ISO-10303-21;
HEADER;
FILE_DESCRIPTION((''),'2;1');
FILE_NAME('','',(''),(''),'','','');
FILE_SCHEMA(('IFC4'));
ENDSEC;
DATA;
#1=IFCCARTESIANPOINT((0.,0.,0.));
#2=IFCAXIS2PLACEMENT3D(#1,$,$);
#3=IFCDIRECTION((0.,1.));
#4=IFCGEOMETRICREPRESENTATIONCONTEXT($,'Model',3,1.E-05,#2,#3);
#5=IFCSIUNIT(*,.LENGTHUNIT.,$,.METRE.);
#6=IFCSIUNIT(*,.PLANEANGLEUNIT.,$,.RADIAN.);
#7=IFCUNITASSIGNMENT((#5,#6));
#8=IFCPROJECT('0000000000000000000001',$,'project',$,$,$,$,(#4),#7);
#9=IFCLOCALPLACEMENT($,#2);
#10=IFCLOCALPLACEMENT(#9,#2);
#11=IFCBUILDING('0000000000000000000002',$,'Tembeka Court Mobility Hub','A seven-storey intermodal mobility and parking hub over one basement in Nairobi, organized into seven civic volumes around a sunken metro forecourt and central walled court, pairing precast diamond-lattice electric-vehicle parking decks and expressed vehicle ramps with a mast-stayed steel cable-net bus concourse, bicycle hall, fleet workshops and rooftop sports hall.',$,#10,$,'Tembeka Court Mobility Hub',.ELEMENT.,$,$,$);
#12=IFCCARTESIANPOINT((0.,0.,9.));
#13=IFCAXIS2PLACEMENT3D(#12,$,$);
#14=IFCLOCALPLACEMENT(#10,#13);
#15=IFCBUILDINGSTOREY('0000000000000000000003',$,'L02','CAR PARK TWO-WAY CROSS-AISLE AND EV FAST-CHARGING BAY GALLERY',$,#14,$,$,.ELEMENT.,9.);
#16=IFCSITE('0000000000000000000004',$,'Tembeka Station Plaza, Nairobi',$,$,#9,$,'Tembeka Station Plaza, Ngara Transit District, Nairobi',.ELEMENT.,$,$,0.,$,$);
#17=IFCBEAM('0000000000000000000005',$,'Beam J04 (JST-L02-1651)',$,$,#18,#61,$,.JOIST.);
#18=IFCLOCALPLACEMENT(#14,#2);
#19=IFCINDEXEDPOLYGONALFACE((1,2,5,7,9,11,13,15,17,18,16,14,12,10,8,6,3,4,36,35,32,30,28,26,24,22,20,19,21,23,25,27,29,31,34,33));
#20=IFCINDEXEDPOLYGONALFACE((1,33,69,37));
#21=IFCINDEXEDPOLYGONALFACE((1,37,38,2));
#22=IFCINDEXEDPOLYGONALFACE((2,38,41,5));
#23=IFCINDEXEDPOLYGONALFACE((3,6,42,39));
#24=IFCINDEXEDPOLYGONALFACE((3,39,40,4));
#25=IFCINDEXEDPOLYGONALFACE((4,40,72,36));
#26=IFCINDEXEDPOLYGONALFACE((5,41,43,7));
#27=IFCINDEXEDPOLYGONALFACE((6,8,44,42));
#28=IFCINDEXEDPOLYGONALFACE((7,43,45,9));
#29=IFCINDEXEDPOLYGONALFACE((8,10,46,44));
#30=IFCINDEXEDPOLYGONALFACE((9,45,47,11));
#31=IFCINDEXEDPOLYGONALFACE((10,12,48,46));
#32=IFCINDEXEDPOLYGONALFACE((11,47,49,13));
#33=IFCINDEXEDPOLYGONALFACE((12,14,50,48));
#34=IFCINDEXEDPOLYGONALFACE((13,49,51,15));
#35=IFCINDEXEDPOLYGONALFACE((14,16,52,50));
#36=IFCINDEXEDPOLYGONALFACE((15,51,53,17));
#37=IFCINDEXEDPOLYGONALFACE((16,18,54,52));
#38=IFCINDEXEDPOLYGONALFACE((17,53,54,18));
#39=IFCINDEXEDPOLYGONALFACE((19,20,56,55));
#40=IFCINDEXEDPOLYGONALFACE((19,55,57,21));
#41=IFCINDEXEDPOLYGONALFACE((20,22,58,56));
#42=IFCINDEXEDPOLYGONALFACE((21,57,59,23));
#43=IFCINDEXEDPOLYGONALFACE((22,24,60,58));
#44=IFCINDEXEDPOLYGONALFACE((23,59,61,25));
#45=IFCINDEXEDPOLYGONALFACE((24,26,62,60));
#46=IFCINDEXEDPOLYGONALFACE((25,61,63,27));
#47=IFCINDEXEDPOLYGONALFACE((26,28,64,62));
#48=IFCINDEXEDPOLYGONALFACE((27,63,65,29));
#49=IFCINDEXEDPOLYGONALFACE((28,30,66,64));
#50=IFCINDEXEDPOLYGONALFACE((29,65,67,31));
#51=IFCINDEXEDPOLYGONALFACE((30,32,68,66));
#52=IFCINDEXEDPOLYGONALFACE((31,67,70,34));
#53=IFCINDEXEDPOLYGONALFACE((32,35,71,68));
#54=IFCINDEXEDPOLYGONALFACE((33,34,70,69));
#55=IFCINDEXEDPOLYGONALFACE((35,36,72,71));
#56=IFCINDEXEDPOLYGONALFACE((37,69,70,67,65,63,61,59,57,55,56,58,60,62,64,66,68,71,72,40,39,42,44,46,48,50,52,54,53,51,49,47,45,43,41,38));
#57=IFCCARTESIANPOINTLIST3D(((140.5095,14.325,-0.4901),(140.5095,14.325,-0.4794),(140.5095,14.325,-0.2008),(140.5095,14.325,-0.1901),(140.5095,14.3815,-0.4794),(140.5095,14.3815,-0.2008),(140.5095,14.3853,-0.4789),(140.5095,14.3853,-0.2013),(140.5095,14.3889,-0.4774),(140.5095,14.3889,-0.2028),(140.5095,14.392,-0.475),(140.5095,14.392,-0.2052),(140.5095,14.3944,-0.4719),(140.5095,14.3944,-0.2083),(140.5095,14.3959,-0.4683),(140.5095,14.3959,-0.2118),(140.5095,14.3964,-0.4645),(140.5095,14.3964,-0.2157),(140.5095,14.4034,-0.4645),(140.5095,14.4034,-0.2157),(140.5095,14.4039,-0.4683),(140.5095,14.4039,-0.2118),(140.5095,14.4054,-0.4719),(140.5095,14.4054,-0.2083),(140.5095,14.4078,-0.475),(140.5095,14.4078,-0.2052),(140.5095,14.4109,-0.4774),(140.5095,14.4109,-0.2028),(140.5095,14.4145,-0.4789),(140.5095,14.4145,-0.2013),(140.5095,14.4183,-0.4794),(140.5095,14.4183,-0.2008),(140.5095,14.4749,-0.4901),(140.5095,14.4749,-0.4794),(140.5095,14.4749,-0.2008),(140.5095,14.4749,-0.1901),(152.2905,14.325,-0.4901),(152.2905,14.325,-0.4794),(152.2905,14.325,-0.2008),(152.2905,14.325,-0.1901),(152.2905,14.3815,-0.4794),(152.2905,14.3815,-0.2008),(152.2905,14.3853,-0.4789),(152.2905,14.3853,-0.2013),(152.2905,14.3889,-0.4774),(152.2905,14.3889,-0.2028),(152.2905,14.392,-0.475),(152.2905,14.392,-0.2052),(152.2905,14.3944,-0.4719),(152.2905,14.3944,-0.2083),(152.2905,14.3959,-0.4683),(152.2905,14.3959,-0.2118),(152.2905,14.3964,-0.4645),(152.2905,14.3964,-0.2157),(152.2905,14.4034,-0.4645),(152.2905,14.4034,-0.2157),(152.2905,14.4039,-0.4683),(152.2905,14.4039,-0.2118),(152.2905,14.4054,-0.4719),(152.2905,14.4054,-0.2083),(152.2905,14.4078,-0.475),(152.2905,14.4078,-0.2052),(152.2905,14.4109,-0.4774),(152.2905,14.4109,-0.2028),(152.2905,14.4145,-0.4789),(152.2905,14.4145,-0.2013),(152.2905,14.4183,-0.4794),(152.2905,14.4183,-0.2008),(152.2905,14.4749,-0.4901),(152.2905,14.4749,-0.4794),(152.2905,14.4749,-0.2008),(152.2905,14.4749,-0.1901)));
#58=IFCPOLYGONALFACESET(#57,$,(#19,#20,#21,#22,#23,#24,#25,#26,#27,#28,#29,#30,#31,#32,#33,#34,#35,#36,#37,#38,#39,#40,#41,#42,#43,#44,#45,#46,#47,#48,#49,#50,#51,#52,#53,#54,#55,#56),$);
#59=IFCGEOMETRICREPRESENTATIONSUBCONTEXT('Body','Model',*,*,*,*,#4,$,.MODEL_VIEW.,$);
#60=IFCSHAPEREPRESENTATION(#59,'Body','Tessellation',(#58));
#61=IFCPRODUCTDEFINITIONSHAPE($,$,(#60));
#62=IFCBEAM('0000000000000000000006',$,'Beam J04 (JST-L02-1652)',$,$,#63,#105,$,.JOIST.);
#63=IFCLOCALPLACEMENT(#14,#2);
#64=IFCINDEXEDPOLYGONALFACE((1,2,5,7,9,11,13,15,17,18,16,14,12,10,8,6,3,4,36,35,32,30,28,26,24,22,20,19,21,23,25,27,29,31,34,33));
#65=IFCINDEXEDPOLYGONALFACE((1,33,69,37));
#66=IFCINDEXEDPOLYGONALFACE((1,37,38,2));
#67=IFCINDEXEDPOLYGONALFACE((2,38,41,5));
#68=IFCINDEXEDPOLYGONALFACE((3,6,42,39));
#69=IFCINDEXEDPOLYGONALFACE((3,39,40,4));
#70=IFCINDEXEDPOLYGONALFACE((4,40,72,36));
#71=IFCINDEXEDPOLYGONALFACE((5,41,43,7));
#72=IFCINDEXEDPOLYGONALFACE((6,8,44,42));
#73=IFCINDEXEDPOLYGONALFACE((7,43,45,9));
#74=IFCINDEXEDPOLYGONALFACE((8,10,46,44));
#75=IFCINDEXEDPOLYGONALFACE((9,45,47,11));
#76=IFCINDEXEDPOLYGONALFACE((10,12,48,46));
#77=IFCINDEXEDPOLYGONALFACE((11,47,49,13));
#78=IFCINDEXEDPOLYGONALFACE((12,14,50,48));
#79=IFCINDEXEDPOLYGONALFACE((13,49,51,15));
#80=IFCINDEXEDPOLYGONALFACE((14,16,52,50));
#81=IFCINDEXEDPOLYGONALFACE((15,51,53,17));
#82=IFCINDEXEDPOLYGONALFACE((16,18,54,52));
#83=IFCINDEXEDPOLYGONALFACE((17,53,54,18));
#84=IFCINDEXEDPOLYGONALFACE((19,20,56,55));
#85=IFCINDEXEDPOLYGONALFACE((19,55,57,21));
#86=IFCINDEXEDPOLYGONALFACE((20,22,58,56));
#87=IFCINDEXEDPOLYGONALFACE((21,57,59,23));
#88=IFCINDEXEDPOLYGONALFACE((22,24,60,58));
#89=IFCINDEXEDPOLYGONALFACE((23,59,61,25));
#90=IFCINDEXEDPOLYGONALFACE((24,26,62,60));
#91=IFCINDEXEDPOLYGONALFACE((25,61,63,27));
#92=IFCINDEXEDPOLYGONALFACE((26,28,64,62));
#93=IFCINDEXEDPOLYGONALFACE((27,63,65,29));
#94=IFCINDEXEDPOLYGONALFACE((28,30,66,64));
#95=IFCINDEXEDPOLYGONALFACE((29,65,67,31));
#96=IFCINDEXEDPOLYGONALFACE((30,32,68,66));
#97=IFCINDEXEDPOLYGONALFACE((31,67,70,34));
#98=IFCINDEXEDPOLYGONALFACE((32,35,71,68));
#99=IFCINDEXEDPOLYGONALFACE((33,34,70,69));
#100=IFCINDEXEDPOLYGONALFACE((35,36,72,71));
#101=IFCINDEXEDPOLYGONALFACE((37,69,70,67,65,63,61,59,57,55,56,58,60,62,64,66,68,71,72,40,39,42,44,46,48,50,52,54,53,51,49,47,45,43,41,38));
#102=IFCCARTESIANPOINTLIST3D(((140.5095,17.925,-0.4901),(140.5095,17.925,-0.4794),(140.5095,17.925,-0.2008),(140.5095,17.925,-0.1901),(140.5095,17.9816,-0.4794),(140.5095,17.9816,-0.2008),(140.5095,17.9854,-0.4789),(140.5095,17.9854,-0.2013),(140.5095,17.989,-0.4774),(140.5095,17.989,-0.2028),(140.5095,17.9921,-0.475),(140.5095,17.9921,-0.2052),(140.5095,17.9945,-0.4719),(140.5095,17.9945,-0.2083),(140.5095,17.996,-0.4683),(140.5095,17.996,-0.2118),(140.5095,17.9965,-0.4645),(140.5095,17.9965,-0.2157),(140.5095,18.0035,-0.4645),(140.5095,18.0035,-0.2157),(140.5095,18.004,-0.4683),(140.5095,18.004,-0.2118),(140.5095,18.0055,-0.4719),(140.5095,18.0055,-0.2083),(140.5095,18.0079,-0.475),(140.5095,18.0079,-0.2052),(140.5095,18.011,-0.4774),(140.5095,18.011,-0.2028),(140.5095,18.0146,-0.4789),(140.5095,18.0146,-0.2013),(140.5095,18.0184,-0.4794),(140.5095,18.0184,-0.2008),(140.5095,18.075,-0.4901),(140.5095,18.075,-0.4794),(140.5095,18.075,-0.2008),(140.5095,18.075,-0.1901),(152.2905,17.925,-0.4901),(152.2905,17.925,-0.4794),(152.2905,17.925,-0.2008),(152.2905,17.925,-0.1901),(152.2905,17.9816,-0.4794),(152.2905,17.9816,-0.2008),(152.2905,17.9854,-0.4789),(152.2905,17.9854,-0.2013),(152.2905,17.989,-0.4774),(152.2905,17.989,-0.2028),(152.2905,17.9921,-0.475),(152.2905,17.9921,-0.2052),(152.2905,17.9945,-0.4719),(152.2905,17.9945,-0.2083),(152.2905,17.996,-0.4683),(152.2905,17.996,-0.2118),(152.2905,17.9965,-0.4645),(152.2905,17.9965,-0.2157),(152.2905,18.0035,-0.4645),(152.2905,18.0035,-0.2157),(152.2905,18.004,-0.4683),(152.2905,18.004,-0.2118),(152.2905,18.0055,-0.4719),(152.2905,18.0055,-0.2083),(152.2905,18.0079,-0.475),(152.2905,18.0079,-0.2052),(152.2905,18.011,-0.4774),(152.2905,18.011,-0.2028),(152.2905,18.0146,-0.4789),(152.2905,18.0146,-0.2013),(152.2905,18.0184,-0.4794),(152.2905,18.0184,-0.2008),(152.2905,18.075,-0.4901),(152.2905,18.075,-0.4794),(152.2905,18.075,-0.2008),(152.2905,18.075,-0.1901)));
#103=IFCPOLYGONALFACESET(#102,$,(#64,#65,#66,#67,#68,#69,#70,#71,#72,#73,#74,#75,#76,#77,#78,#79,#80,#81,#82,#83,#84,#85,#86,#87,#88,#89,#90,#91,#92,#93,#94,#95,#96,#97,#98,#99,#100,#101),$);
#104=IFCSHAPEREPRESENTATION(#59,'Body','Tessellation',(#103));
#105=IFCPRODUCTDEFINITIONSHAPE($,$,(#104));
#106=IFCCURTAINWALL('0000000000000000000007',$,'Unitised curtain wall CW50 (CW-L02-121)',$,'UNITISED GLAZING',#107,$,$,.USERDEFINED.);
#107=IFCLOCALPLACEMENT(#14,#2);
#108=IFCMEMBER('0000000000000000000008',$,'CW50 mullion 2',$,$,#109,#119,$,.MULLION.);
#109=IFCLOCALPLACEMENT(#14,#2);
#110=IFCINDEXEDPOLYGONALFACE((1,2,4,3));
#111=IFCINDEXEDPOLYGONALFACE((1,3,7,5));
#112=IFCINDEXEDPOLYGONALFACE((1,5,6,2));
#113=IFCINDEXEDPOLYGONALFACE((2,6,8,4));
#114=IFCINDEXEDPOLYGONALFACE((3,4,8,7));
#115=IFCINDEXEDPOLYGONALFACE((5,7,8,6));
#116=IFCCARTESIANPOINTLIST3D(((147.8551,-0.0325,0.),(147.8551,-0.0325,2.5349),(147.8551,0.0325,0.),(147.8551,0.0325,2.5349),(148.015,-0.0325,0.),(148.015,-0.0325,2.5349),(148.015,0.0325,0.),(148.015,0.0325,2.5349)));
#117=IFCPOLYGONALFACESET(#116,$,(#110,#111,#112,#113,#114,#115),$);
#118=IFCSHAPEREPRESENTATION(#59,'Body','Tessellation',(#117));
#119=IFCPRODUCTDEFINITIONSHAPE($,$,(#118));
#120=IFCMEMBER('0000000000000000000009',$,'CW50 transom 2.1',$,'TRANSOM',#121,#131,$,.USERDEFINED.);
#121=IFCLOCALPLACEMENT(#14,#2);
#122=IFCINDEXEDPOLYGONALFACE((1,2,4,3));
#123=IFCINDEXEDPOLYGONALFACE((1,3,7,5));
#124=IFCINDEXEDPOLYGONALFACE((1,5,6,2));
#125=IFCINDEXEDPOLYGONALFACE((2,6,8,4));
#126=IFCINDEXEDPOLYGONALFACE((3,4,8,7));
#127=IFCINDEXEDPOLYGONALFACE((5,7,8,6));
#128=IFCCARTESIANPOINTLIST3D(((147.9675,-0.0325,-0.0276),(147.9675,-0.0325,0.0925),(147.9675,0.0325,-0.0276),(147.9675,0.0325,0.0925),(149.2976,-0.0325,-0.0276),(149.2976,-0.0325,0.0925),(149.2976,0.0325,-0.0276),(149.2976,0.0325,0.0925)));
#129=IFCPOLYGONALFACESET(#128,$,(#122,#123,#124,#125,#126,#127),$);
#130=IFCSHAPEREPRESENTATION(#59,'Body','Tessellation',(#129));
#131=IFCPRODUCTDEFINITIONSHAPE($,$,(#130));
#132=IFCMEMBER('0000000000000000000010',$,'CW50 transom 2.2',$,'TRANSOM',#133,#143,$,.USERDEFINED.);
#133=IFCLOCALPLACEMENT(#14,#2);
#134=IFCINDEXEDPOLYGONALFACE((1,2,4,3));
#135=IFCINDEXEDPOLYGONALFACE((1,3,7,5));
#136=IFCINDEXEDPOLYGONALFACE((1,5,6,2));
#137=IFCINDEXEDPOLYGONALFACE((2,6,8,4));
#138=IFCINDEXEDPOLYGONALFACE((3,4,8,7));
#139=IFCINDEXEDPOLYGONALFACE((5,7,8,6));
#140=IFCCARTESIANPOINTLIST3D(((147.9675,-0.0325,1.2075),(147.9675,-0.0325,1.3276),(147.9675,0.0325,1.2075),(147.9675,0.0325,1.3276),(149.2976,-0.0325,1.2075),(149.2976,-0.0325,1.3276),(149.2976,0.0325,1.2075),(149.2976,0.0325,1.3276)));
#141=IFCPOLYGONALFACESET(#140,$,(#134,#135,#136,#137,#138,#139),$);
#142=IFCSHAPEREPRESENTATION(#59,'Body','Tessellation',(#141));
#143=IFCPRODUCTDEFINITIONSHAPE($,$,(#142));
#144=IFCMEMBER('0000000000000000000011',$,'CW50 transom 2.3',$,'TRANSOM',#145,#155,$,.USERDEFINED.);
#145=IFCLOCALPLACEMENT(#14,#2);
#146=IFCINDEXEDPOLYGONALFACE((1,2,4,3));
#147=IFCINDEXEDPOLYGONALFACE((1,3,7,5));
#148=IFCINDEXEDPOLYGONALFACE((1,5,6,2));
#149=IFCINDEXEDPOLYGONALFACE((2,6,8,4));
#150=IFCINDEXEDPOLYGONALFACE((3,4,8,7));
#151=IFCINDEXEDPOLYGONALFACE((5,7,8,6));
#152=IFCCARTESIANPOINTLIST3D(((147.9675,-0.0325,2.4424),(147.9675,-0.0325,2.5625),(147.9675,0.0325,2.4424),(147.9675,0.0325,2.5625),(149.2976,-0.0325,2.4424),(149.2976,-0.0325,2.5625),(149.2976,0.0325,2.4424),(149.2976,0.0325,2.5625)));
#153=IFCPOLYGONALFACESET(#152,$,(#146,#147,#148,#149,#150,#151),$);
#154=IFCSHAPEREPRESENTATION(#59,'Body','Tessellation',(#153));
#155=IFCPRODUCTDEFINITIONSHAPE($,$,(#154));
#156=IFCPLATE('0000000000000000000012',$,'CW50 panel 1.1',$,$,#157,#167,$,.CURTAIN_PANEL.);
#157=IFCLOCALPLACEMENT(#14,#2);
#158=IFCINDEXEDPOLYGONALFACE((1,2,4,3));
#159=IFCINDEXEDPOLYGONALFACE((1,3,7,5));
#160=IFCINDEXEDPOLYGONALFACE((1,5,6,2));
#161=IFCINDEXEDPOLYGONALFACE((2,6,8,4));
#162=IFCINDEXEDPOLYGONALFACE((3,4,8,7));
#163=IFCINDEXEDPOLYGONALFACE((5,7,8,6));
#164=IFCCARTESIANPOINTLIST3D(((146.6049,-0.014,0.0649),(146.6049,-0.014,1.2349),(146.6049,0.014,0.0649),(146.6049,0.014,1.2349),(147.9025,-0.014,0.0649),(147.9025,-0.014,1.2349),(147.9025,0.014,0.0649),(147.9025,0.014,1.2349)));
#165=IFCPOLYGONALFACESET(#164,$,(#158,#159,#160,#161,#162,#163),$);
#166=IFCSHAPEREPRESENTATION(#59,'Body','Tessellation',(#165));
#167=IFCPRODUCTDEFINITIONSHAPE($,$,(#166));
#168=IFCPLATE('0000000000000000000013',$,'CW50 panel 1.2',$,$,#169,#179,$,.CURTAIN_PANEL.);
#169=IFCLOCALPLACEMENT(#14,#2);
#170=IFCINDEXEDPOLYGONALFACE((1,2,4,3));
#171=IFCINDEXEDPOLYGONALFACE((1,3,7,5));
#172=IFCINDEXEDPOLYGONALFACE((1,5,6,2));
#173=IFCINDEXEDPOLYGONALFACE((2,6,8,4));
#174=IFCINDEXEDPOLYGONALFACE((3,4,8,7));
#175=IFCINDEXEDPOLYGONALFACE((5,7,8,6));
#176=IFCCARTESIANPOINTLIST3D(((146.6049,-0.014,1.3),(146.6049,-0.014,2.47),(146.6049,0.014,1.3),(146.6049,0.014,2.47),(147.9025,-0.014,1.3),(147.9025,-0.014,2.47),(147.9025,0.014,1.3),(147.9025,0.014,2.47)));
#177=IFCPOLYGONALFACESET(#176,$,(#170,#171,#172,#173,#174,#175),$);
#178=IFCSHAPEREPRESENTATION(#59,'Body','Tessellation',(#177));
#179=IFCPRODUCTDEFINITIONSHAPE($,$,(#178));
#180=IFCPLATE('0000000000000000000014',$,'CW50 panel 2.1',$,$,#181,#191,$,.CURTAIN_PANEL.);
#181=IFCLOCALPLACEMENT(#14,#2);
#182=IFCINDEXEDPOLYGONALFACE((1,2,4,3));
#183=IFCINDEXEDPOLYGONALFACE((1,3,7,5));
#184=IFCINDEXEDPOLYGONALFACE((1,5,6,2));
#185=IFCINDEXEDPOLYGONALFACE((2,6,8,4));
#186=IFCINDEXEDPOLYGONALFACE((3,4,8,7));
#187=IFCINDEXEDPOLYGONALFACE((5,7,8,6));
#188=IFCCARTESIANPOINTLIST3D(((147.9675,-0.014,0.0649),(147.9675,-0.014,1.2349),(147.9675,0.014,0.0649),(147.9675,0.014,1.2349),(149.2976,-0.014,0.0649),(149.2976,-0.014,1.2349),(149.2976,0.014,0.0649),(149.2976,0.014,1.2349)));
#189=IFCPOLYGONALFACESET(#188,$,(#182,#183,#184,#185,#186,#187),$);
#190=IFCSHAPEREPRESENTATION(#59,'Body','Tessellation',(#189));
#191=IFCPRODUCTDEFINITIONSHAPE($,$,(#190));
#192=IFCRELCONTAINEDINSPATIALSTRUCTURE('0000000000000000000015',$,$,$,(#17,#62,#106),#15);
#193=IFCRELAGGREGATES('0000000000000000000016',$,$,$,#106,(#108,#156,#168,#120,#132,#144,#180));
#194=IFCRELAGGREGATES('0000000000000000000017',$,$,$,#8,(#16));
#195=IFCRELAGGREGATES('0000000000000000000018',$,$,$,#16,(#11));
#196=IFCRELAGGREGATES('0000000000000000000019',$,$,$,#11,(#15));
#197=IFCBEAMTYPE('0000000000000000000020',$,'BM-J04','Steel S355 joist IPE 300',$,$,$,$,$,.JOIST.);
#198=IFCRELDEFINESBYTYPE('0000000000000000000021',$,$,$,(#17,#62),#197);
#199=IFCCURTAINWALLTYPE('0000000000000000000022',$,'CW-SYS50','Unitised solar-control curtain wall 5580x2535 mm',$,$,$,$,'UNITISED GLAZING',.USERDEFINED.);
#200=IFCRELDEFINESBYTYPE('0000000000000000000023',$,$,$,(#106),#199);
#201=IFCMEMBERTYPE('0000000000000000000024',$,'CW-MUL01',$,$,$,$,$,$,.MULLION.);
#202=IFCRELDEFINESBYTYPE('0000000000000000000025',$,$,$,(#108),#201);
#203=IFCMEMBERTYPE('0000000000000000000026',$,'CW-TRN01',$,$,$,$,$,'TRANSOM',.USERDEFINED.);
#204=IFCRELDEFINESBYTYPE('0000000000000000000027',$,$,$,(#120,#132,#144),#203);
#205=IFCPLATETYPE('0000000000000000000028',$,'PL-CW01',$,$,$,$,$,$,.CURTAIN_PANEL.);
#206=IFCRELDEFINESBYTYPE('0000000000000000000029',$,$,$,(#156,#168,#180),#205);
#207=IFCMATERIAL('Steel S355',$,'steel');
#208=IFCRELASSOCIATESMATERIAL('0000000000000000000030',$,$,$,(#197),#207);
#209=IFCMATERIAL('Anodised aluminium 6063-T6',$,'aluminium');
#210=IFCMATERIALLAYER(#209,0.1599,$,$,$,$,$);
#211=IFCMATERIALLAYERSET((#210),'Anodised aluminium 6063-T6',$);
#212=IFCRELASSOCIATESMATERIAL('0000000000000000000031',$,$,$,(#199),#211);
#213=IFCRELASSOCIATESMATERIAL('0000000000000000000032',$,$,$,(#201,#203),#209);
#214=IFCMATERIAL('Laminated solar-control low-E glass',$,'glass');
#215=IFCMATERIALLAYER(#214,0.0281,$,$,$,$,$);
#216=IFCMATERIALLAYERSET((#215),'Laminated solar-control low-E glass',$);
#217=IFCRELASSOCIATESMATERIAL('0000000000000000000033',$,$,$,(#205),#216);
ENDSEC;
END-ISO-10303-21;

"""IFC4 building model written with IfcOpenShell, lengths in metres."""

from ifc_helpers import new_model, si_unit, direction, frame, origin, origin_2d, place, context, subcontext, project, spatial, rectangle, i_section, extrude, material, layer, layer_set, material_profile, profile_set, type_object, element, aggregate, save


model = new_model("IFC4")

# Units and contexts
model_context = context("Model", 3, precision=1e-05, world=origin(), true_north=direction((0.0, 1.0)))
body_context = subcontext(model_context, "Body", "Model", "MODEL_VIEW")
ifc_project = project(units=[si_unit("LENGTHUNIT", "METRE"), si_unit("PLANEANGLEUNIT", "RADIAN")], contexts=[model_context])

# Site, building, storey
site_placement = place(None, origin())
site = spatial("IfcSite", under=ifc_project, at=site_placement, Name="Tembeka Station Plaza, Nairobi", LongName="Tembeka Station Plaza, Ngara Transit District, Nairobi", CompositionType="ELEMENT", RefElevation=0.0)
building_placement = place(site_placement, origin())
building = spatial("IfcBuilding", under=site, at=building_placement, Name="Tembeka Court Mobility Hub", Description="A seven-storey intermodal mobility and parking hub over one basement in Nairobi, organized into seven civic volumes around a sunken metro forecourt and central walled court, pairing precast diamond-lattice electric-vehicle parking decks and expressed vehicle ramps with a mast-stayed steel cable-net bus concourse, bicycle hall, fleet workshops and rooftop sports hall.", LongName="Tembeka Court Mobility Hub", CompositionType="ELEMENT")
storey_placement = place(building_placement, frame((0.0, 0.0, 9.0)))
storey = spatial("IfcBuildingStorey", under=building, at=storey_placement, Name="L02", Description="CAR PARK TWO-WAY CROSS-AISLE AND EV FAST-CHARGING BAY GALLERY", CompositionType="ELEMENT", Elevation=9.0)

# Shared definitions
ifc_material_1 = material(Name="Steel S355", Category="steel")

# Beams
ifc_material_profile_1 = material_profile(ifc_material_1, i_section(OverallWidth=0.1499, OverallDepth=0.3, WebThickness=0.0071, FlangeThickness=0.0107, FilletRadius=0.0149, at=origin_2d()), Name="IPE 300")
ifc_profile_set_1 = profile_set([ifc_material_profile_1], Name="Steel S355")
beam_type_1 = type_object("IfcBeamType", Name="BM-J04", Description="Steel S355 joist IPE 300", PredefinedType="JOIST", material=ifc_profile_set_1)
for number, where, z_axis, x_axis, name in (
    (1, (140.5095, 14.3999, -0.3401), (1.0, 0.0, 0.0), (0.0, 1.0, 0.0), "Beam J04 (JST-L02-1651)"),
    (2, (140.5095, 18.0, -0.3401), (1.0, 0.0, 0.0), (0.0, 1.0, 0.0), "Beam J04 (JST-L02-1652)"),
):
    element("IfcBeam", number, at=place(storey_placement, frame(where, z_axis=z_axis, x_axis=x_axis)), inside=storey, type_object=beam_type_1, Name=name, PredefinedType="JOIST", context=body_context, shape_type="SweptSolid", body=[
        extrude(i_section(OverallWidth=0.1499, OverallDepth=0.3, WebThickness=0.0071, FlangeThickness=0.0107, FilletRadius=0.0149, at=origin_2d()), origin(), (0.0, 0.0, 1.0), 11.781),
    ])

# Curtain wall, members, plates
ifc_material_2 = material(Name="Anodised aluminium 6063-T6", Category="aluminium")
ifc_layer_1 = layer(ifc_material_2, 0.1599)
ifc_layer_set_1 = layer_set([ifc_layer_1], Name="Anodised aluminium 6063-T6")
curtain_wall_type = type_object("IfcCurtainWallType", Name="CW-SYS50", Description="Unitised solar-control curtain wall 5580x2535 mm", ElementType="UNITISED GLAZING", PredefinedType="USERDEFINED", material=ifc_layer_set_1)
curtain_wall_placement = place(storey_placement, origin())
curtain_wall = element("IfcCurtainWall", 3, at=curtain_wall_placement, inside=storey, type_object=curtain_wall_type, Name="Unitised curtain wall CW50 (CW-L02-121)", ObjectType="UNITISED GLAZING", PredefinedType="USERDEFINED")
ifc_material_profile_2 = material_profile(ifc_material_2, rectangle(XDim=0.0649, YDim=0.1599, at=origin_2d()), Name="ALU-MUL 65x160")
ifc_profile_set_2 = profile_set([ifc_material_profile_2], Name="Anodised aluminium 6063-T6")
member_type_1 = type_object("IfcMemberType", Name="CW-MUL01", PredefinedType="MULLION", material=ifc_profile_set_2)
member_1_placement = place(storey_placement, frame((147.9351, 0.0, 0.0), z_axis=(0.0, 0.0, 1.0), x_axis=(0.0, 1.0, 0.0)))
member_1 = element("IfcMember", 4, at=member_1_placement, type_object=member_type_1, Name="CW50 mullion 2", PredefinedType="MULLION", context=body_context, shape_type="SweptSolid", body=[
    extrude(rectangle(XDim=0.0649, YDim=0.1599, at=origin_2d()), origin(), (0.0, 0.0, 1.0), 2.5349),
])
ifc_material_profile_3 = material_profile(ifc_material_2, rectangle(XDim=0.0649, YDim=0.1201, at=origin_2d()), Name="ALU-TRN 65x120")
ifc_profile_set_3 = profile_set([ifc_material_profile_3], Name="Anodised aluminium 6063-T6")
member_type_2 = type_object("IfcMemberType", Name="CW-TRN01", ElementType="TRANSOM", PredefinedType="USERDEFINED", material=ifc_profile_set_3)
member_2_placement = place(storey_placement, frame((147.9675, 0.0, 0.0325), z_axis=(1.0, 0.0, 0.0), x_axis=(0.0, 1.0, 0.0)))
member_2 = element("IfcMember", 5, at=member_2_placement, type_object=member_type_2, Name="CW50 transom 2.1", ObjectType="TRANSOM", PredefinedType="USERDEFINED", context=body_context, shape_type="SweptSolid", body=[
    extrude(rectangle(XDim=0.0649, YDim=0.1201, at=origin_2d()), origin(), (0.0, 0.0, 1.0), 1.3301),
])
member_3_placement = place(storey_placement, frame((147.9675, 0.0, 1.2676), z_axis=(1.0, 0.0, 0.0), x_axis=(0.0, 1.0, 0.0)))
member_3 = element("IfcMember", 6, at=member_3_placement, type_object=member_type_2, Name="CW50 transom 2.2", ObjectType="TRANSOM", PredefinedType="USERDEFINED", context=body_context, shape_type="SweptSolid", body=[
    extrude(rectangle(XDim=0.0649, YDim=0.1201, at=origin_2d()), origin(), (0.0, 0.0, 1.0), 1.3301),
])
member_4_placement = place(storey_placement, frame((147.9675, 0.0, 2.5024), z_axis=(1.0, 0.0, 0.0), x_axis=(0.0, 1.0, 0.0)))
member_4 = element("IfcMember", 7, at=member_4_placement, type_object=member_type_2, Name="CW50 transom 2.3", ObjectType="TRANSOM", PredefinedType="USERDEFINED", context=body_context, shape_type="SweptSolid", body=[
    extrude(rectangle(XDim=0.0649, YDim=0.1201, at=origin_2d()), origin(), (0.0, 0.0, 1.0), 1.3301),
])
ifc_material_3 = material(Name="Laminated solar-control low-E glass", Category="glass")
ifc_layer_2 = layer(ifc_material_3, 0.0281)
ifc_layer_set_2 = layer_set([ifc_layer_2], Name="Laminated solar-control low-E glass")
plate_type = type_object("IfcPlateType", Name="PL-CW01", PredefinedType="CURTAIN_PANEL", material=ifc_layer_set_2)
plate_1_placement = place(storey_placement, frame((147.2537, 0.0, 0.0649), z_axis=(0.0, 0.0, 1.0), x_axis=(1.0, 0.0, 0.0)))
plate_1 = element("IfcPlate", 8, at=plate_1_placement, type_object=plate_type, Name="CW50 panel 1.1", PredefinedType="CURTAIN_PANEL", context=body_context, shape_type="SweptSolid", body=[
    extrude(rectangle(XDim=1.2976, YDim=0.0281, at=origin_2d()), origin(), (0.0, 0.0, 1.0), 1.1699),
])
plate_2_placement = place(storey_placement, frame((147.2537, 0.0, 1.3), z_axis=(0.0, 0.0, 1.0), x_axis=(1.0, 0.0, 0.0)))
plate_2 = element("IfcPlate", 9, at=plate_2_placement, type_object=plate_type, Name="CW50 panel 1.2", PredefinedType="CURTAIN_PANEL", context=body_context, shape_type="SweptSolid", body=[
    extrude(rectangle(XDim=1.2976, YDim=0.0281, at=origin_2d()), origin(), (0.0, 0.0, 1.0), 1.1699),
])
plate_3_placement = place(storey_placement, frame((148.6326, 0.0, 0.0649), z_axis=(0.0, 0.0, 1.0), x_axis=(1.0, 0.0, 0.0)))
plate_3 = element("IfcPlate", 10, at=plate_3_placement, type_object=plate_type, Name="CW50 panel 2.1", PredefinedType="CURTAIN_PANEL", context=body_context, shape_type="SweptSolid", body=[
    extrude(rectangle(XDim=1.3301, YDim=0.0281, at=origin_2d()), origin(), (0.0, 0.0, 1.0), 1.1699),
])
aggregate(curtain_wall, [member_1, plate_1, plate_2, member_2, member_3, member_4, plate_3])

save(model, "model.ifc")
